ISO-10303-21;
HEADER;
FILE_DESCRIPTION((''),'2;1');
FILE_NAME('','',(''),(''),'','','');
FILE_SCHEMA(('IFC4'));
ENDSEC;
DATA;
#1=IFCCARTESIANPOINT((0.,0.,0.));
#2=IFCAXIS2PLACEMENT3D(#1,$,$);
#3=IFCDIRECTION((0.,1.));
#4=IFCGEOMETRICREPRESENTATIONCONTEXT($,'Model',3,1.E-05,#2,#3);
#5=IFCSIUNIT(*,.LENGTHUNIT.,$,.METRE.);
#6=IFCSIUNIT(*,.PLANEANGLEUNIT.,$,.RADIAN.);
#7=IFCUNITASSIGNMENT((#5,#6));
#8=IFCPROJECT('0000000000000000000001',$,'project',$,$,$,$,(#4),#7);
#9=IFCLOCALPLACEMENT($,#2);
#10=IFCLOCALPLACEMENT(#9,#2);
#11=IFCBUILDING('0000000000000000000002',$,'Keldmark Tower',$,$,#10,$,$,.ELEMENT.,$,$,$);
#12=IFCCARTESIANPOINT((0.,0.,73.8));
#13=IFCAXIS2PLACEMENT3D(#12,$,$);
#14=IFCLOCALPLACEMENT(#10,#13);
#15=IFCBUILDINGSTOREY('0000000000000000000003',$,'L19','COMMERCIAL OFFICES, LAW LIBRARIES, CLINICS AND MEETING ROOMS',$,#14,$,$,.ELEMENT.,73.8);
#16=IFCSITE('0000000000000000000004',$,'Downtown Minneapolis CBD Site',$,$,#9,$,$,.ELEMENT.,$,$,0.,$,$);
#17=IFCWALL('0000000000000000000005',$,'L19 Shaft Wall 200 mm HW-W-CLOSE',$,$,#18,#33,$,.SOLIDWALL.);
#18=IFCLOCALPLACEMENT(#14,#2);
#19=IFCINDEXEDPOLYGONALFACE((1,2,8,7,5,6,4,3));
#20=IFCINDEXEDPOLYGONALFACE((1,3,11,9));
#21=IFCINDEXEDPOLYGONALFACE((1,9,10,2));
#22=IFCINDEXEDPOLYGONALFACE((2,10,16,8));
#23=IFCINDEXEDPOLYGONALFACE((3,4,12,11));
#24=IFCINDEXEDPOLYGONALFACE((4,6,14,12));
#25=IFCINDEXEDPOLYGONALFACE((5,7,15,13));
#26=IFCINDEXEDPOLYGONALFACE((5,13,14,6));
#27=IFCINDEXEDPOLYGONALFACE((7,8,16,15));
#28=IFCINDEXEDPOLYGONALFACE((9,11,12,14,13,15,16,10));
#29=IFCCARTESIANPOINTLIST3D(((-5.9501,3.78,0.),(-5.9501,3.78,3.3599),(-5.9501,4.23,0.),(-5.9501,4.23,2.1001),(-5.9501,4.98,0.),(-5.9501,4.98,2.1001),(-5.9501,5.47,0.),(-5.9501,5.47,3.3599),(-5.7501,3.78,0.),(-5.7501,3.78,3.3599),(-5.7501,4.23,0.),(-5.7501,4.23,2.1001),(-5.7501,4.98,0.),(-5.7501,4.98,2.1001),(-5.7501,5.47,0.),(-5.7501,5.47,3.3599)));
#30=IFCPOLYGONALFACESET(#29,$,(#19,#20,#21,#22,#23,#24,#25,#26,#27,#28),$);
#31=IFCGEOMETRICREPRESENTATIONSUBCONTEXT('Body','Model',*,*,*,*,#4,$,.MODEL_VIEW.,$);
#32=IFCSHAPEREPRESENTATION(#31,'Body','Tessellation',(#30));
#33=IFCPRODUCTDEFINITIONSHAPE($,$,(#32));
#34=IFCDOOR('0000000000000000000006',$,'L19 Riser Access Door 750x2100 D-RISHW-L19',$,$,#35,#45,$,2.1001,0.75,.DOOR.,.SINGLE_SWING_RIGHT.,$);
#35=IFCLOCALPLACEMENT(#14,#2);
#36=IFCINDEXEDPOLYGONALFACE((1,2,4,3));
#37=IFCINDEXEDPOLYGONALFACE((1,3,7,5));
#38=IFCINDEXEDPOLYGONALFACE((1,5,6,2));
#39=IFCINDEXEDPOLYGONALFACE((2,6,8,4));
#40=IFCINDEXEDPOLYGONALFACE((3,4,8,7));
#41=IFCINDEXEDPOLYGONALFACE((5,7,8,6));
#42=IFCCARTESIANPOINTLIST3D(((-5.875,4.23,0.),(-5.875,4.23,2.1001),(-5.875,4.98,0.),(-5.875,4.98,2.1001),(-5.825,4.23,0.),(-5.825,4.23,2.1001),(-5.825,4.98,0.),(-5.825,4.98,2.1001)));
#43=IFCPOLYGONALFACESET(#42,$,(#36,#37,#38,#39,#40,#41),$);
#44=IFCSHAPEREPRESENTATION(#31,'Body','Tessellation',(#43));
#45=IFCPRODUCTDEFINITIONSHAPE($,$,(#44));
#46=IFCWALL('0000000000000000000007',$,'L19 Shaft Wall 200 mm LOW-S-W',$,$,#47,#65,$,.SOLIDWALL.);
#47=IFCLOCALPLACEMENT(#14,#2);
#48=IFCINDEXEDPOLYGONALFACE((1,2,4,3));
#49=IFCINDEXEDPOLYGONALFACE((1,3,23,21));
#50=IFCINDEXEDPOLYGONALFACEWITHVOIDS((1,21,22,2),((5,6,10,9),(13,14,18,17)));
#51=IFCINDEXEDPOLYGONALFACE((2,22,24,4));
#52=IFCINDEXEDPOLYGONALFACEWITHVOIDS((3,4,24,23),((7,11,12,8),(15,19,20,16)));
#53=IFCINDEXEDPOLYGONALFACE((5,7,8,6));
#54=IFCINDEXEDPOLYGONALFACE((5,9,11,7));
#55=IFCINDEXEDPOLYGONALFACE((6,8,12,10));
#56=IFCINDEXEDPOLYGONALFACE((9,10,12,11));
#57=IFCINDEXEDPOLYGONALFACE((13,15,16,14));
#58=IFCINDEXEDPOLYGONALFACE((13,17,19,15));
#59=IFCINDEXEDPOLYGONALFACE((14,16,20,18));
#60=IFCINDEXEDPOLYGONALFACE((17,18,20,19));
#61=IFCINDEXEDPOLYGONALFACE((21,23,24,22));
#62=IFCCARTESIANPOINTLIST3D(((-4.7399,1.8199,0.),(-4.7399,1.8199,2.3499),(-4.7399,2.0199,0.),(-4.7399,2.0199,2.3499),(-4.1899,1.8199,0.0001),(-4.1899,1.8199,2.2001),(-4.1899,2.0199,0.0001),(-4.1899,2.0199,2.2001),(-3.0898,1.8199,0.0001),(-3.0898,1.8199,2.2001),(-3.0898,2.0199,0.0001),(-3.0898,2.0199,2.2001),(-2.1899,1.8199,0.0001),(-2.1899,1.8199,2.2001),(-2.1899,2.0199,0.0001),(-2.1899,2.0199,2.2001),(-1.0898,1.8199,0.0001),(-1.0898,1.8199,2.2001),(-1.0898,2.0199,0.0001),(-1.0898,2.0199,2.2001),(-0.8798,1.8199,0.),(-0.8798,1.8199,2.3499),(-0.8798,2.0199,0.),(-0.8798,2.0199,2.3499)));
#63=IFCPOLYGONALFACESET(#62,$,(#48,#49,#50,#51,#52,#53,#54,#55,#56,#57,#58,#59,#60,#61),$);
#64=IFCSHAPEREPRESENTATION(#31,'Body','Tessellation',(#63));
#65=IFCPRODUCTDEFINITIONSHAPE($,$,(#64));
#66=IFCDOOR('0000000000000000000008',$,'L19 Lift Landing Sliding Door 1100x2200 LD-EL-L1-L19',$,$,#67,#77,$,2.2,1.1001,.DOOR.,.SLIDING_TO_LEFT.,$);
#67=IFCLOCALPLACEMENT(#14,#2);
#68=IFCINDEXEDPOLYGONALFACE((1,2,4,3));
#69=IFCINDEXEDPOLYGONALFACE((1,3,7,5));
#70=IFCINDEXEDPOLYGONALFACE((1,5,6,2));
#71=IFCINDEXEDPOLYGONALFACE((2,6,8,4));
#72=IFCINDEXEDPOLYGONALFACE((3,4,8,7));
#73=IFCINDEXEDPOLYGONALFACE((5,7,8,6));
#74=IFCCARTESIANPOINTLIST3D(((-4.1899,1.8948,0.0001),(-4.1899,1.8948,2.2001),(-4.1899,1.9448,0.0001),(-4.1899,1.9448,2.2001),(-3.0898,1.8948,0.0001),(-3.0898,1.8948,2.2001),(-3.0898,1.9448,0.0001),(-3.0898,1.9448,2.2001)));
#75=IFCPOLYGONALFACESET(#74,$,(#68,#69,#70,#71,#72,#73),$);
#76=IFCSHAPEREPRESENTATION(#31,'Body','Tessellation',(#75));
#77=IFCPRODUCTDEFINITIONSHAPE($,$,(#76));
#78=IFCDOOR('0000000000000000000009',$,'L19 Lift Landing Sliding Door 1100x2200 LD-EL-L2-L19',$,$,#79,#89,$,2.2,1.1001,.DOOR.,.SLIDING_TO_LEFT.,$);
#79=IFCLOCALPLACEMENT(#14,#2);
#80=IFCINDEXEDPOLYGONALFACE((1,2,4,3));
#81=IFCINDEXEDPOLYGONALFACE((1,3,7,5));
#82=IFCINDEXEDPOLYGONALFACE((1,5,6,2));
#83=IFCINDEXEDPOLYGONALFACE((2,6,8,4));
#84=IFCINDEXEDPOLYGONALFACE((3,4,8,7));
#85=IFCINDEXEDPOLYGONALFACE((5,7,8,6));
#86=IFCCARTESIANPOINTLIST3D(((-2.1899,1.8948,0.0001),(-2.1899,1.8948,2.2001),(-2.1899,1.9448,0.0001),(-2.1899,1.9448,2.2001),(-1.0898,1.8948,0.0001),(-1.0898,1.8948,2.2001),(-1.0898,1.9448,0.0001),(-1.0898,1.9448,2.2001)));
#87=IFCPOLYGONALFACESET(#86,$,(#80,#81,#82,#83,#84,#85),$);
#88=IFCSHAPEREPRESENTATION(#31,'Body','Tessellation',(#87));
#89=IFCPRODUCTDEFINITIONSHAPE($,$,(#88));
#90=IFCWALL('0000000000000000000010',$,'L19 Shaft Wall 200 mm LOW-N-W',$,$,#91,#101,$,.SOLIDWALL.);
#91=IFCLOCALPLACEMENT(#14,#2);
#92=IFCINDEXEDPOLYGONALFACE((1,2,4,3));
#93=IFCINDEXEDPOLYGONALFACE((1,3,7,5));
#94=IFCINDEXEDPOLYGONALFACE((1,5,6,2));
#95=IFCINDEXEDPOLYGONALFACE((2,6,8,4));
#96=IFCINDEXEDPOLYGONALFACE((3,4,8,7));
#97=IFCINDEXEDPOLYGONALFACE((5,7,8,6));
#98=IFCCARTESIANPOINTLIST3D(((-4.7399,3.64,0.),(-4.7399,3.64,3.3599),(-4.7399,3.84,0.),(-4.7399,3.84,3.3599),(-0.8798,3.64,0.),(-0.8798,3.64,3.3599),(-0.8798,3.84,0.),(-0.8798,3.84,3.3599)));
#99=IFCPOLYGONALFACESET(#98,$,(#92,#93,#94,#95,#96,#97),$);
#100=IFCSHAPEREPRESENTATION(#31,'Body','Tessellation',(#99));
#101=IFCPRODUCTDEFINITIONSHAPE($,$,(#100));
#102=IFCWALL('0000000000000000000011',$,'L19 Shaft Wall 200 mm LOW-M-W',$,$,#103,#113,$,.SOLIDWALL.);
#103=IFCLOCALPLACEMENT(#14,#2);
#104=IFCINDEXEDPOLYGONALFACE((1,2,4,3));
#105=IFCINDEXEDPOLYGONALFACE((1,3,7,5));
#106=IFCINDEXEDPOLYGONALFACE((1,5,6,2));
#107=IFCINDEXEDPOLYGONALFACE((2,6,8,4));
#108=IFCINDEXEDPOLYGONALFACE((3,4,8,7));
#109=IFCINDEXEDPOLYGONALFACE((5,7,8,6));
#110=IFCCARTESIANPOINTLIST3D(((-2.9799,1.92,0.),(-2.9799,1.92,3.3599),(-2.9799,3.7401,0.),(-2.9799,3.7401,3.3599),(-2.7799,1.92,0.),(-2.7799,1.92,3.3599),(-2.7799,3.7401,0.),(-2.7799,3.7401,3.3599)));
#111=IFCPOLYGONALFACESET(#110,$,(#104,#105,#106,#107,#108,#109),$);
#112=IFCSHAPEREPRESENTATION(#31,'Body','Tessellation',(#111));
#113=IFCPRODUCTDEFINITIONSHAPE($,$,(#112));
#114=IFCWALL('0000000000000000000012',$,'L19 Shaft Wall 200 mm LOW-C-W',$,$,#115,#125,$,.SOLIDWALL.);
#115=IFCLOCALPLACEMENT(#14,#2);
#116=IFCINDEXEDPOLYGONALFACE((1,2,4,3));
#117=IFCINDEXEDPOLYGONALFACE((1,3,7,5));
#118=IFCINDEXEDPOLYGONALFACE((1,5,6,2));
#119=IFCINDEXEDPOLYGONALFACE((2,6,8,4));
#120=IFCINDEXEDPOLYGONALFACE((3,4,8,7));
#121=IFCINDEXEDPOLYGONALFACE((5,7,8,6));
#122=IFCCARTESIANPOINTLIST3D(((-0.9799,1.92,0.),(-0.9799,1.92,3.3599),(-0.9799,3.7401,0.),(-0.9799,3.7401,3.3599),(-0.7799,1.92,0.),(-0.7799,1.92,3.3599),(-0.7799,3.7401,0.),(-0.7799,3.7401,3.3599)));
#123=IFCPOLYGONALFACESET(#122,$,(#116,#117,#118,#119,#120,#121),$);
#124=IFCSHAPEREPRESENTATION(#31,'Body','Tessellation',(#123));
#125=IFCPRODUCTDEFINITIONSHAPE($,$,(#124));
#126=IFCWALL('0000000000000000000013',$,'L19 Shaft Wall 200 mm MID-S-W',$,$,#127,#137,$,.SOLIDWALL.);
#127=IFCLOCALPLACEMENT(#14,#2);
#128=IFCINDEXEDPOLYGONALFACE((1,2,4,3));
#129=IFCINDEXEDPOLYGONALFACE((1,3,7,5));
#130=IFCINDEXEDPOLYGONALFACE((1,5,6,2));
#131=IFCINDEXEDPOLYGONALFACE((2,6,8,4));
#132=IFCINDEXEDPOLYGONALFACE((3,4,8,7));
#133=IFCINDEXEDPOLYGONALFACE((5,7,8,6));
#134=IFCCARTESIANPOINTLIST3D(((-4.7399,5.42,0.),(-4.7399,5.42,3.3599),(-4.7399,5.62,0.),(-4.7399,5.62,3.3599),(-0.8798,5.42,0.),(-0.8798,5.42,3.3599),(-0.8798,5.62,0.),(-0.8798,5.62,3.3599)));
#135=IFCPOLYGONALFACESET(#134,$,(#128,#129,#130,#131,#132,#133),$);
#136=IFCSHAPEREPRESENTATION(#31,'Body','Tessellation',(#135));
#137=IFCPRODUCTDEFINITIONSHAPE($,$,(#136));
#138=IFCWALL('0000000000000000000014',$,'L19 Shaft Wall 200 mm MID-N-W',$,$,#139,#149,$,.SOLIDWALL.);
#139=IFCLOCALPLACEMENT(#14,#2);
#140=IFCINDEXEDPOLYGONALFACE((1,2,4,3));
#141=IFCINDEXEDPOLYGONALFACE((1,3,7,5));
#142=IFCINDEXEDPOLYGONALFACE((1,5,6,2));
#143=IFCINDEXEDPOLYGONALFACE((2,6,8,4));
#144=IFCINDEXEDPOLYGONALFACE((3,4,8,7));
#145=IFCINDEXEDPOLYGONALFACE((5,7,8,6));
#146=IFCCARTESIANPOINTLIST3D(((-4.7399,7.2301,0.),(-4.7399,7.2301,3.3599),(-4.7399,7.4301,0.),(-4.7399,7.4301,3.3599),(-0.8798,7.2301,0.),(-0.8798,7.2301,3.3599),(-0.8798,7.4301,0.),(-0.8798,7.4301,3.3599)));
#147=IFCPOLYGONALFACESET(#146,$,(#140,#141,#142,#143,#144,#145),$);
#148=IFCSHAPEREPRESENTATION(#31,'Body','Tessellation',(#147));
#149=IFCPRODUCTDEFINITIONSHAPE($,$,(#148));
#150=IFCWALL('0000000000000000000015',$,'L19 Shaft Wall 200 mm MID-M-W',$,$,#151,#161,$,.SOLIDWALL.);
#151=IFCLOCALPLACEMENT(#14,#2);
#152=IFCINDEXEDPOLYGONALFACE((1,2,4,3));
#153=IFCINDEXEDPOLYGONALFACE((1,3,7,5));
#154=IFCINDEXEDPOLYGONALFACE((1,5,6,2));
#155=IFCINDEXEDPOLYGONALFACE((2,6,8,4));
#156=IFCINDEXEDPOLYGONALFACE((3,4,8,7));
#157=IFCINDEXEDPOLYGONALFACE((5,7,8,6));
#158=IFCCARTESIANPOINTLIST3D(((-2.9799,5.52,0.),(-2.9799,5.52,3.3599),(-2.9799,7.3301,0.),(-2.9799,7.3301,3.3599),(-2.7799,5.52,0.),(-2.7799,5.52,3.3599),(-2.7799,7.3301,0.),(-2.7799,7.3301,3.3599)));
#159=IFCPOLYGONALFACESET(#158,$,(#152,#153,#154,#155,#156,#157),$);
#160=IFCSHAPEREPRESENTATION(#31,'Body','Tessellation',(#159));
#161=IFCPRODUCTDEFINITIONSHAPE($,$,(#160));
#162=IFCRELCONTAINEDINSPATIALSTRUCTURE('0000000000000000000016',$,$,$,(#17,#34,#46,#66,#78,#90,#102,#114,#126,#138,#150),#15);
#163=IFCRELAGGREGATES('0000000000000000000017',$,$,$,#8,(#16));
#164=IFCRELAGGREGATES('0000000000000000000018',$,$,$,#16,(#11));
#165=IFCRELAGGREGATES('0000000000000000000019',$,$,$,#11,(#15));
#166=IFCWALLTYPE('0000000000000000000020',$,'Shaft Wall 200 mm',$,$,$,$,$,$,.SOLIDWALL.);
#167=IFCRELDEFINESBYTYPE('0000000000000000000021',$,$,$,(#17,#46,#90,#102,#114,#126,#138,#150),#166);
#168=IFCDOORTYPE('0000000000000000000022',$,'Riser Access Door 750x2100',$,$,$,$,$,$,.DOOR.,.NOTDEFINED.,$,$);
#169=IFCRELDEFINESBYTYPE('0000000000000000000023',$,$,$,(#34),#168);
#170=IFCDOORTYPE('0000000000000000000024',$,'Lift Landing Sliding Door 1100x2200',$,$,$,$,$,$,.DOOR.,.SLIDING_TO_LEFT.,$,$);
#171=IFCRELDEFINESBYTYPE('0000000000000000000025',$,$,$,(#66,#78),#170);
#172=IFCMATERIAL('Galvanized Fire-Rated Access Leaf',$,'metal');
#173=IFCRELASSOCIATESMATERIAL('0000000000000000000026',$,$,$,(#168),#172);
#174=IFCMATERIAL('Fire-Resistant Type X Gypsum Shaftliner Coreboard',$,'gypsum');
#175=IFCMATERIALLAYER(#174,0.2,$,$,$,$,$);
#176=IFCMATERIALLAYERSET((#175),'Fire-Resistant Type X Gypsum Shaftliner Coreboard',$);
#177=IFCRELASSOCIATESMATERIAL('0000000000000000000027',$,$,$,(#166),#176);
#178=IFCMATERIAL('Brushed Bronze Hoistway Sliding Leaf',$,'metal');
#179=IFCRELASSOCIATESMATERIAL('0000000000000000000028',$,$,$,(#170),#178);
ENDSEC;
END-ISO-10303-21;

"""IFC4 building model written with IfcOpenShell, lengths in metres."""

from ifc_helpers import new_model, si_unit, direction, frame, frame_2d, origin, place, context, subcontext, project, spatial, rectangle, extrude, material, layer, layer_set, type_object, element, fill, save


model = new_model("IFC4")

# Units and contexts
model_context = context("Model", 3, precision=1e-05, world=origin(), true_north=direction((0.0, 1.0)))
body_context = subcontext(model_context, "Body", "Model", "MODEL_VIEW")
ifc_project = project(units=[si_unit("LENGTHUNIT", "METRE"), si_unit("PLANEANGLEUNIT", "RADIAN")], contexts=[model_context])

# Site, building, storey
site_placement = place(None, origin())
site = spatial("IfcSite", under=ifc_project, at=site_placement, Name="Downtown Minneapolis CBD Site", CompositionType="ELEMENT", RefElevation=0.0)
building_placement = place(site_placement, origin())
building = spatial("IfcBuilding", under=site, at=building_placement, Name="Keldmark Tower", CompositionType="ELEMENT")
storey_placement = place(building_placement, frame((0.0, 0.0, 73.8)))
storey = spatial("IfcBuildingStorey", under=building, at=storey_placement, Name="L19", Description="COMMERCIAL OFFICES, LAW LIBRARIES, CLINICS AND MEETING ROOMS", CompositionType="ELEMENT", Elevation=73.8)

# Shared definitions
ifc_material_1 = material(Name="Galvanized Fire-Rated Access Leaf", Category="metal")
door_type_1 = type_object("IfcDoorType", Name="Riser Access Door 750x2100", OperationType="NOTDEFINED", PredefinedType="DOOR", material=ifc_material_1)

# Shared definitions
ifc_material_2 = material(Name="Fire-Resistant Type X Gypsum Shaftliner Coreboard", Category="gypsum")
ifc_layer_1 = layer(ifc_material_2, 0.2)
ifc_layer_set_1 = layer_set([ifc_layer_1], Name="Fire-Resistant Type X Gypsum Shaftliner Coreboard")
wall_type_1 = type_object("IfcWallType", Name="Shaft Wall 200 mm", PredefinedType="SOLIDWALL", material=ifc_layer_set_1)

# Wall, opening, door
wall_1_placement = place(storey_placement, frame((-5.8501, 3.78, 0.0), z_axis=(0.0, 0.0, 1.0), x_axis=(0.0, 1.0, 0.0)))
wall_1 = element("IfcWall", 1, at=wall_1_placement, inside=storey, type_object=wall_type_1, Name="L19 Shaft Wall 200 mm HW-W-CLOSE", PredefinedType="SOLIDWALL", context=body_context, shape_type="SweptSolid", body=[
    extrude(rectangle(XDim=1.6899, YDim=0.2, at=frame_2d((0.845, 0.0))), origin(), (0.0, 0.0, 1.0), 3.3599),
])
opening_1_placement = place(wall_1_placement, frame((0.45, 0.0, 0.0)))
opening_1 = element("IfcOpeningElement", 2, at=opening_1_placement, cuts=wall_1, PredefinedType="OPENING", context=body_context, shape_type="SweptSolid", body=[
    extrude(rectangle(XDim=0.75, YDim=2.1001, at=frame_2d((0.375, 1.05))), frame((0.0, 0.1099, 0.0), z_axis=(0.0, -1.0, 0.0), x_axis=(1.0, 0.0, 0.0)), (0.0, 0.0, 1.0), 0.22),
])
door_1_placement = place(opening_1_placement, origin())
door_1 = element("IfcDoor", 3, at=door_1_placement, inside=storey, type_object=door_type_1, Name="L19 Riser Access Door 750x2100 D-RISHW-L19", OperationType="SINGLE_SWING_RIGHT", OverallHeight=2.1001, OverallWidth=0.75, PredefinedType="DOOR", context=body_context, shape_type="SweptSolid", body=[
    extrude(rectangle(XDim=0.75, YDim=2.1001, at=frame_2d((0.375, 1.05))), frame((0.0, 0.0249, 0.0), z_axis=(0.0, -1.0, 0.0), x_axis=(1.0, 0.0, 0.0)), (0.0, 0.0, 1.0), 0.05),
])
fill(opening_1, door_1)

# Wall, openings, doors
wall_2_placement = place(storey_placement, frame((-4.74, 1.9199, 0.0), z_axis=(0.0, 0.0, 1.0), x_axis=(1.0, 0.0, 0.0)))
wall_2 = element("IfcWall", 4, at=wall_2_placement, inside=storey, type_object=wall_type_1, Name="L19 Shaft Wall 200 mm LOW-S-W", PredefinedType="SOLIDWALL", context=body_context, shape_type="SweptSolid", body=[
    extrude(rectangle(XDim=3.8601, YDim=0.2, at=frame_2d((1.9302, 0.0))), origin(), (0.0, 0.0, 1.0), 2.3499),
])
opening_2_placement = place(wall_2_placement, frame((0.55, 0.0, 0.0)))
opening_2 = element("IfcOpeningElement", 5, at=opening_2_placement, cuts=wall_2, PredefinedType="OPENING", context=body_context, shape_type="SweptSolid", body=[
    extrude(rectangle(XDim=1.1001, YDim=2.2, at=frame_2d((0.55, 1.1001))), frame((0.0, 0.1099, 0.0), z_axis=(0.0, -1.0, 0.0), x_axis=(1.0, 0.0, 0.0)), (0.0, 0.0, 1.0), 0.22),
])
opening_3_placement = place(wall_2_placement, frame((2.55, 0.0, 0.0)))
opening_3 = element("IfcOpeningElement", 6, at=opening_3_placement, cuts=wall_2, PredefinedType="OPENING", context=body_context, shape_type="SweptSolid", body=[
    extrude(rectangle(XDim=1.1001, YDim=2.2, at=frame_2d((0.55, 1.1001))), frame((0.0, 0.1099, 0.0), z_axis=(0.0, -1.0, 0.0), x_axis=(1.0, 0.0, 0.0)), (0.0, 0.0, 1.0), 0.22),
])
ifc_material_3 = material(Name="Brushed Bronze Hoistway Sliding Leaf", Category="metal")
door_type_2 = type_object("IfcDoorType", Name="Lift Landing Sliding Door 1100x2200", OperationType="SLIDING_TO_LEFT", PredefinedType="DOOR", material=ifc_material_3)
door_2_placement = place(opening_2_placement, origin())
door_2 = element("IfcDoor", 7, at=door_2_placement, inside=storey, type_object=door_type_2, Name="L19 Lift Landing Sliding Door 1100x2200 LD-EL-L1-L19", OperationType="SLIDING_TO_LEFT", OverallHeight=2.2, OverallWidth=1.1001, PredefinedType="DOOR", context=body_context, shape_type="SweptSolid", body=[
    extrude(rectangle(XDim=1.1001, YDim=2.2, at=frame_2d((0.55, 1.1001))), frame((0.0, 0.0249, 0.0), z_axis=(0.0, -1.0, 0.0), x_axis=(1.0, 0.0, 0.0)), (0.0, 0.0, 1.0), 0.05),
])
fill(opening_2, door_2)
door_3_placement = place(opening_3_placement, origin())
door_3 = element("IfcDoor", 8, at=door_3_placement, inside=storey, type_object=door_type_2, Name="L19 Lift Landing Sliding Door 1100x2200 LD-EL-L2-L19", OperationType="SLIDING_TO_LEFT", OverallHeight=2.2, OverallWidth=1.1001, PredefinedType="DOOR", context=body_context, shape_type="SweptSolid", body=[
    extrude(rectangle(XDim=1.1001, YDim=2.2, at=frame_2d((0.55, 1.1001))), frame((0.0, 0.0249, 0.0), z_axis=(0.0, -1.0, 0.0), x_axis=(1.0, 0.0, 0.0)), (0.0, 0.0, 1.0), 0.05),
])
fill(opening_3, door_3)

# Walls
wall_3_placement = place(storey_placement, frame((-4.74, 3.74, 0.0), z_axis=(0.0, 0.0, 1.0), x_axis=(1.0, 0.0, 0.0)))
element("IfcWall", 9, at=wall_3_placement, inside=storey, type_object=wall_type_1, Name="L19 Shaft Wall 200 mm LOW-N-W", PredefinedType="SOLIDWALL", context=body_context, shape_type="SweptSolid", body=[
    extrude(rectangle(XDim=3.8601, YDim=0.2, at=frame_2d((1.9302, 0.0))), origin(), (0.0, 0.0, 1.0), 3.3599),
])
for number, where, z_axis, x_axis, name in (
    (10, (-2.8799, 1.9199, 0.0), (0.0, 0.0, 1.0), (0.0, 1.0, 0.0), "L19 Shaft Wall 200 mm LOW-M-W"),
    (11, (-0.8799, 1.9199, 0.0), (0.0, 0.0, 1.0), (0.0, 1.0, 0.0), "L19 Shaft Wall 200 mm LOW-C-W"),
):
    element("IfcWall", number, at=place(storey_placement, frame(where, z_axis=z_axis, x_axis=x_axis)), inside=storey, type_object=wall_type_1, Name=name, PredefinedType="SOLIDWALL", context=body_context, shape_type="SweptSolid", body=[
        extrude(rectangle(XDim=1.8201, YDim=0.2, at=frame_2d((0.9102, 0.0))), origin(), (0.0, 0.0, 1.0), 3.3599),
    ])
for number, where, z_axis, x_axis, name in (
    (12, (-4.74, 5.52, 0.0), (0.0, 0.0, 1.0), (1.0, 0.0, 0.0), "L19 Shaft Wall 200 mm MID-S-W"),
    (13, (-4.74, 7.3301, 0.0), (0.0, 0.0, 1.0), (1.0, 0.0, 0.0), "L19 Shaft Wall 200 mm MID-N-W"),
):
    element("IfcWall", number, at=place(storey_placement, frame(where, z_axis=z_axis, x_axis=x_axis)), inside=storey, type_object=wall_type_1, Name=name, PredefinedType="SOLIDWALL", context=body_context, shape_type="SweptSolid", body=[
        extrude(rectangle(XDim=3.8601, YDim=0.2, at=frame_2d((1.9302, 0.0))), origin(), (0.0, 0.0, 1.0), 3.3599),
    ])
wall_4_placement = place(storey_placement, frame((-2.8799, 5.52, 0.0), z_axis=(0.0, 0.0, 1.0), x_axis=(0.0, 1.0, 0.0)))
element("IfcWall", 14, at=wall_4_placement, inside=storey, type_object=wall_type_1, Name="L19 Shaft Wall 200 mm MID-M-W", PredefinedType="SOLIDWALL", context=body_context, shape_type="SweptSolid", body=[
    extrude(rectangle(XDim=1.8101, YDim=0.2, at=frame_2d((0.905, 0.0))), origin(), (0.0, 0.0, 1.0), 3.3599),
])

save(model, "model.ifc")
